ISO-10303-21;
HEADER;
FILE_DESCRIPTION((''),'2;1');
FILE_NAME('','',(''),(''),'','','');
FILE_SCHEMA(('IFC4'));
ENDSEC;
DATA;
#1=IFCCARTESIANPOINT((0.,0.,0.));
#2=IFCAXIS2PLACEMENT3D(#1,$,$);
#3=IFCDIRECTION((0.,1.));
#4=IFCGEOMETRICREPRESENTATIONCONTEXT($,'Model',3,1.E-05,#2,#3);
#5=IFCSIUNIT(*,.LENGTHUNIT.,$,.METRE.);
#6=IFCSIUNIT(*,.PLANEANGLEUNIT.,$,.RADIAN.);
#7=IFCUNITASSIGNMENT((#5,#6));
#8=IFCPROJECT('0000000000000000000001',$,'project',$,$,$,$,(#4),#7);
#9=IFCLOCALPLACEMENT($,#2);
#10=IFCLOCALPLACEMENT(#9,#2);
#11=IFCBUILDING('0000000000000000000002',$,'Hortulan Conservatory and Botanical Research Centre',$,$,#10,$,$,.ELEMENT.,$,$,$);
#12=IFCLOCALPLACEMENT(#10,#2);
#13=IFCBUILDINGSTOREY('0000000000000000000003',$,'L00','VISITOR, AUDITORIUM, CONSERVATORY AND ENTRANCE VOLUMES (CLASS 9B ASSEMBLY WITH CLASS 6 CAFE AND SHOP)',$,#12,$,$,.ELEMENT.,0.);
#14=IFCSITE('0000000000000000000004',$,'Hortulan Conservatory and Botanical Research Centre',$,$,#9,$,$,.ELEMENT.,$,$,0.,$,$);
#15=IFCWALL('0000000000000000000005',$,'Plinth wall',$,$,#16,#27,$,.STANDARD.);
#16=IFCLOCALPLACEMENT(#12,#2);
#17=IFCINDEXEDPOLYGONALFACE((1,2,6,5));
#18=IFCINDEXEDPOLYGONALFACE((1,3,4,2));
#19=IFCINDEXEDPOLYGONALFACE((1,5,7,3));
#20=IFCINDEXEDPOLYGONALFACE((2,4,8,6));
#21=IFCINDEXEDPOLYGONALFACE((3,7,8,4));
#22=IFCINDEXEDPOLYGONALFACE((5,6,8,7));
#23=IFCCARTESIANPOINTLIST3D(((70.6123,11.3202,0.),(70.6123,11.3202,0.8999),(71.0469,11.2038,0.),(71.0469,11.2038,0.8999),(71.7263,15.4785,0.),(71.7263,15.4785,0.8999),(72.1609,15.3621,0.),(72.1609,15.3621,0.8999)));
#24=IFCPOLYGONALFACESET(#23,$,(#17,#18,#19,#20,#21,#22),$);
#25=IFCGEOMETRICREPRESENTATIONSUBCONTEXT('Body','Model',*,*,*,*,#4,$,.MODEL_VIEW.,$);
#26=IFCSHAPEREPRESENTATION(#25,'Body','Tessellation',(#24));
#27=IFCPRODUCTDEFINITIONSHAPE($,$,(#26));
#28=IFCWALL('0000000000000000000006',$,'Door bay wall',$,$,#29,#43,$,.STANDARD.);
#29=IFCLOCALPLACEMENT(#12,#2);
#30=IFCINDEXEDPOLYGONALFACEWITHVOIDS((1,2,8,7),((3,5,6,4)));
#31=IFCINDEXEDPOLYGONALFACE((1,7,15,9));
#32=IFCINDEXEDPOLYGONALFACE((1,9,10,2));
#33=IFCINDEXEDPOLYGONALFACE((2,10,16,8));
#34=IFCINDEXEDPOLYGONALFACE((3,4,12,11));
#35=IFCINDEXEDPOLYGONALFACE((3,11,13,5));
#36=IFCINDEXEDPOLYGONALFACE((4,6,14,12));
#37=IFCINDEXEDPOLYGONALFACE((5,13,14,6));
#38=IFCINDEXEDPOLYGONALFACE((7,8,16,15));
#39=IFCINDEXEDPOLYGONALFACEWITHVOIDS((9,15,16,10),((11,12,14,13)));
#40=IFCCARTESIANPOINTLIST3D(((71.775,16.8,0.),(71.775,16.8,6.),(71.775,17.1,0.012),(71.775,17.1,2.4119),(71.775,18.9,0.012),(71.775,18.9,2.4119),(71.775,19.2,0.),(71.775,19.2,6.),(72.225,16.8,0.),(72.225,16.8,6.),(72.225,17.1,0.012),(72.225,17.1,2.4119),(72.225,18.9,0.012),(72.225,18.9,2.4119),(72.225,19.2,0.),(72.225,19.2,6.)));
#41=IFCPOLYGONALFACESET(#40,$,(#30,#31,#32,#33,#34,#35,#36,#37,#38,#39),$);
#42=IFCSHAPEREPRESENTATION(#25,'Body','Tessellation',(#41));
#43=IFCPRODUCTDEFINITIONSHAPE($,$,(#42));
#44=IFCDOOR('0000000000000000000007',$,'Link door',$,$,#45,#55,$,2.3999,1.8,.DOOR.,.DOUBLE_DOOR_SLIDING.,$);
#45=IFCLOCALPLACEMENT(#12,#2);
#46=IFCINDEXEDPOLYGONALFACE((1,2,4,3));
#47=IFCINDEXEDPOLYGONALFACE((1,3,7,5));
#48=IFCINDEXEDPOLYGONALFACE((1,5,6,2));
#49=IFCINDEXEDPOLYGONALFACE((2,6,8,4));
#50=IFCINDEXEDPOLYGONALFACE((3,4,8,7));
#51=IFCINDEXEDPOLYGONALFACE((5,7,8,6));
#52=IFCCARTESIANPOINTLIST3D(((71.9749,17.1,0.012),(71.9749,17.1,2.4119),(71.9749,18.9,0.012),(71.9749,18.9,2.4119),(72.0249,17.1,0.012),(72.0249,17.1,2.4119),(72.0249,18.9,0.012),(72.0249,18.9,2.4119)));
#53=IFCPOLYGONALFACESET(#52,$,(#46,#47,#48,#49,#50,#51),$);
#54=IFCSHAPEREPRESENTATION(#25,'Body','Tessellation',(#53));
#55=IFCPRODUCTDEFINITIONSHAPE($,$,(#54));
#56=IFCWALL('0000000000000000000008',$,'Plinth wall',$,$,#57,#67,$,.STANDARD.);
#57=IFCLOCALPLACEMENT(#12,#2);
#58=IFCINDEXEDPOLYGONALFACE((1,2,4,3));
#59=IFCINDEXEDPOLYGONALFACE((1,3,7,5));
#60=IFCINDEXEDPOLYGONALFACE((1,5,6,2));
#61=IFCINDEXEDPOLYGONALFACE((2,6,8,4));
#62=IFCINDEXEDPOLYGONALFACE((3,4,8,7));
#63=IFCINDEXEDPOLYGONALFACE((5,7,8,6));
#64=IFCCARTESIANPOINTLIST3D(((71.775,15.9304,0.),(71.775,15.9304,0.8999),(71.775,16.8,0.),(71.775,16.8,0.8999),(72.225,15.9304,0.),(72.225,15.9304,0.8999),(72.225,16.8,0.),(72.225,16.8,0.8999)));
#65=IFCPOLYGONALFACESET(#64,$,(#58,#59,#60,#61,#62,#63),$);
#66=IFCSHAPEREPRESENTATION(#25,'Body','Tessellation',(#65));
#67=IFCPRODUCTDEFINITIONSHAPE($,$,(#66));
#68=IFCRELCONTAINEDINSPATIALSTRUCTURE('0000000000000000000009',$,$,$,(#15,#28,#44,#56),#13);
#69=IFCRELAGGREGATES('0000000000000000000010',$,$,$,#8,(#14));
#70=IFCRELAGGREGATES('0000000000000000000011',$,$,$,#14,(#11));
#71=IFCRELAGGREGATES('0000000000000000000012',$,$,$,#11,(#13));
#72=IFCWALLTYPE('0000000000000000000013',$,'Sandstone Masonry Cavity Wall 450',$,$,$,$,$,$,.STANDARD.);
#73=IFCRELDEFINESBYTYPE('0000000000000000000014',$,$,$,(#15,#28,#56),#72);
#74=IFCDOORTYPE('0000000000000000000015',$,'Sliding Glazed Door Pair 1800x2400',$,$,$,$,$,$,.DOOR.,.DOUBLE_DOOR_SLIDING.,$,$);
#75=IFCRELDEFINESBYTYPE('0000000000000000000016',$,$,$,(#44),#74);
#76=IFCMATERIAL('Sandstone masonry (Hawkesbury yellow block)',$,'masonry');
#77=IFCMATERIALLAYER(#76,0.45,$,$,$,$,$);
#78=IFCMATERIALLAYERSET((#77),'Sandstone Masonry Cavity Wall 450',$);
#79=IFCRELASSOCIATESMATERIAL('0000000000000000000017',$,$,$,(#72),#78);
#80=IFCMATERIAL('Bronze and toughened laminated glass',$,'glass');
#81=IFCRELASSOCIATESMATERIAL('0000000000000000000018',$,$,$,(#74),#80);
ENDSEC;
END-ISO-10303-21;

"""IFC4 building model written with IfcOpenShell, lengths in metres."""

from ifc_helpers import new_model, si_unit, direction, frame, frame_2d, origin, place, context, subcontext, project, spatial, rectangle, extrude, material, layer, layer_set, type_object, element, fill, save


model = new_model("IFC4")

# Units and contexts
model_context = context("Model", 3, precision=1e-05, world=origin(), true_north=direction((0.0, 1.0)))
body_context = subcontext(model_context, "Body", "Model", "MODEL_VIEW")
ifc_project = project(units=[si_unit("LENGTHUNIT", "METRE"), si_unit("PLANEANGLEUNIT", "RADIAN")], contexts=[model_context])

# Site, building, storey
site_placement = place(None, origin())
site = spatial("IfcSite", under=ifc_project, at=site_placement, Name="Hortulan Conservatory and Botanical Research Centre", CompositionType="ELEMENT", RefElevation=0.0)
building_placement = place(site_placement, origin())
building = spatial("IfcBuilding", under=site, at=building_placement, Name="Hortulan Conservatory and Botanical Research Centre", CompositionType="ELEMENT")
storey_placement = place(building_placement, origin())
storey = spatial("IfcBuildingStorey", under=building, at=storey_placement, Name="L00", Description="VISITOR, AUDITORIUM, CONSERVATORY AND ENTRANCE VOLUMES (CLASS 9B ASSEMBLY WITH CLASS 6 CAFE AND SHOP)", CompositionType="ELEMENT", Elevation=0.0)

# Wall
ifc_material_1 = material(Name="Sandstone masonry (Hawkesbury yellow block)", Category="masonry")
ifc_layer_1 = layer(ifc_material_1, 0.45)
ifc_layer_set_1 = layer_set([ifc_layer_1], Name="Sandstone Masonry Cavity Wall 450")
wall_type_1 = type_object("IfcWallType", Name="Sandstone Masonry Cavity Wall 450", PredefinedType="STANDARD", material=ifc_layer_set_1)
wall_1_placement = place(storey_placement, frame((71.9436, 15.4202, 0.0), z_axis=(0.0, 0.0, 1.0), x_axis=(-0.258781, -0.965936, 0.0)))
element("IfcWall", 1, at=wall_1_placement, inside=storey, type_object=wall_type_1, Name="Plinth wall", PredefinedType="STANDARD", context=body_context, shape_type="SweptSolid", body=[
    extrude(rectangle(XDim=4.3049, YDim=0.45, at=frame_2d((2.1523, 0.0))), origin(), (0.0, 0.0, 1.0), 0.8999),
])

# Wall, opening, door
wall_2_placement = place(storey_placement, frame((72.0, 19.2, 0.0), z_axis=(0.0, 0.0, 1.0), x_axis=(0.0, -1.0, 0.0)))
wall_2 = element("IfcWall", 2, at=wall_2_placement, inside=storey, type_object=wall_type_1, Name="Door bay wall", PredefinedType="STANDARD", context=body_context, shape_type="SweptSolid", body=[
    extrude(rectangle(XDim=2.3999, YDim=0.45, at=frame_2d((1.2, 0.0))), origin(), (0.0, 0.0, 1.0), 6.0),
])
opening_placement = place(wall_2_placement, frame((0.3, 0.0, 0.012)))
opening = element("IfcOpeningElement", 3, at=opening_placement, cuts=wall_2, PredefinedType="OPENING", context=body_context, shape_type="SweptSolid", body=[
    extrude(rectangle(XDim=1.8, YDim=2.3999, at=frame_2d((0.8999, 1.2))), frame((0.0, 0.2349, 0.0), z_axis=(0.0, -1.0, 0.0), x_axis=(1.0, 0.0, 0.0)), (0.0, 0.0, 1.0), 0.47),
])
ifc_material_2 = material(Name="Bronze and toughened laminated glass", Category="glass")
door_type = type_object("IfcDoorType", Name="Sliding Glazed Door Pair 1800x2400", OperationType="DOUBLE_DOOR_SLIDING", PredefinedType="DOOR", material=ifc_material_2)
door_placement = place(opening_placement, origin())
door = element("IfcDoor", 4, at=door_placement, inside=storey, type_object=door_type, Name="Link door", OperationType="DOUBLE_DOOR_SLIDING", OverallHeight=2.3999, OverallWidth=1.8, PredefinedType="DOOR", context=body_context, shape_type="SweptSolid", body=[
    extrude(rectangle(XDim=1.8, YDim=2.3999, at=frame_2d((0.8999, 1.2))), frame((0.0, 0.0249, 0.0), z_axis=(0.0, -1.0, 0.0), x_axis=(1.0, 0.0, 0.0)), (0.0, 0.0, 1.0), 0.05),
])
fill(opening, door)

# Wall
wall_3_placement = place(storey_placement, frame((72.0, 16.8, 0.0), z_axis=(0.0, 0.0, 1.0), x_axis=(0.0, -1.0, 0.0)))
element("IfcWall", 5, at=wall_3_placement, inside=storey, type_object=wall_type_1, Name="Plinth wall", PredefinedType="STANDARD", context=body_context, shape_type="SweptSolid", body=[
    extrude(rectangle(XDim=0.8696, YDim=0.45, at=frame_2d((0.4348, 0.0))), origin(), (0.0, 0.0, 1.0), 0.8999),
])

save(model, "model.ifc")
